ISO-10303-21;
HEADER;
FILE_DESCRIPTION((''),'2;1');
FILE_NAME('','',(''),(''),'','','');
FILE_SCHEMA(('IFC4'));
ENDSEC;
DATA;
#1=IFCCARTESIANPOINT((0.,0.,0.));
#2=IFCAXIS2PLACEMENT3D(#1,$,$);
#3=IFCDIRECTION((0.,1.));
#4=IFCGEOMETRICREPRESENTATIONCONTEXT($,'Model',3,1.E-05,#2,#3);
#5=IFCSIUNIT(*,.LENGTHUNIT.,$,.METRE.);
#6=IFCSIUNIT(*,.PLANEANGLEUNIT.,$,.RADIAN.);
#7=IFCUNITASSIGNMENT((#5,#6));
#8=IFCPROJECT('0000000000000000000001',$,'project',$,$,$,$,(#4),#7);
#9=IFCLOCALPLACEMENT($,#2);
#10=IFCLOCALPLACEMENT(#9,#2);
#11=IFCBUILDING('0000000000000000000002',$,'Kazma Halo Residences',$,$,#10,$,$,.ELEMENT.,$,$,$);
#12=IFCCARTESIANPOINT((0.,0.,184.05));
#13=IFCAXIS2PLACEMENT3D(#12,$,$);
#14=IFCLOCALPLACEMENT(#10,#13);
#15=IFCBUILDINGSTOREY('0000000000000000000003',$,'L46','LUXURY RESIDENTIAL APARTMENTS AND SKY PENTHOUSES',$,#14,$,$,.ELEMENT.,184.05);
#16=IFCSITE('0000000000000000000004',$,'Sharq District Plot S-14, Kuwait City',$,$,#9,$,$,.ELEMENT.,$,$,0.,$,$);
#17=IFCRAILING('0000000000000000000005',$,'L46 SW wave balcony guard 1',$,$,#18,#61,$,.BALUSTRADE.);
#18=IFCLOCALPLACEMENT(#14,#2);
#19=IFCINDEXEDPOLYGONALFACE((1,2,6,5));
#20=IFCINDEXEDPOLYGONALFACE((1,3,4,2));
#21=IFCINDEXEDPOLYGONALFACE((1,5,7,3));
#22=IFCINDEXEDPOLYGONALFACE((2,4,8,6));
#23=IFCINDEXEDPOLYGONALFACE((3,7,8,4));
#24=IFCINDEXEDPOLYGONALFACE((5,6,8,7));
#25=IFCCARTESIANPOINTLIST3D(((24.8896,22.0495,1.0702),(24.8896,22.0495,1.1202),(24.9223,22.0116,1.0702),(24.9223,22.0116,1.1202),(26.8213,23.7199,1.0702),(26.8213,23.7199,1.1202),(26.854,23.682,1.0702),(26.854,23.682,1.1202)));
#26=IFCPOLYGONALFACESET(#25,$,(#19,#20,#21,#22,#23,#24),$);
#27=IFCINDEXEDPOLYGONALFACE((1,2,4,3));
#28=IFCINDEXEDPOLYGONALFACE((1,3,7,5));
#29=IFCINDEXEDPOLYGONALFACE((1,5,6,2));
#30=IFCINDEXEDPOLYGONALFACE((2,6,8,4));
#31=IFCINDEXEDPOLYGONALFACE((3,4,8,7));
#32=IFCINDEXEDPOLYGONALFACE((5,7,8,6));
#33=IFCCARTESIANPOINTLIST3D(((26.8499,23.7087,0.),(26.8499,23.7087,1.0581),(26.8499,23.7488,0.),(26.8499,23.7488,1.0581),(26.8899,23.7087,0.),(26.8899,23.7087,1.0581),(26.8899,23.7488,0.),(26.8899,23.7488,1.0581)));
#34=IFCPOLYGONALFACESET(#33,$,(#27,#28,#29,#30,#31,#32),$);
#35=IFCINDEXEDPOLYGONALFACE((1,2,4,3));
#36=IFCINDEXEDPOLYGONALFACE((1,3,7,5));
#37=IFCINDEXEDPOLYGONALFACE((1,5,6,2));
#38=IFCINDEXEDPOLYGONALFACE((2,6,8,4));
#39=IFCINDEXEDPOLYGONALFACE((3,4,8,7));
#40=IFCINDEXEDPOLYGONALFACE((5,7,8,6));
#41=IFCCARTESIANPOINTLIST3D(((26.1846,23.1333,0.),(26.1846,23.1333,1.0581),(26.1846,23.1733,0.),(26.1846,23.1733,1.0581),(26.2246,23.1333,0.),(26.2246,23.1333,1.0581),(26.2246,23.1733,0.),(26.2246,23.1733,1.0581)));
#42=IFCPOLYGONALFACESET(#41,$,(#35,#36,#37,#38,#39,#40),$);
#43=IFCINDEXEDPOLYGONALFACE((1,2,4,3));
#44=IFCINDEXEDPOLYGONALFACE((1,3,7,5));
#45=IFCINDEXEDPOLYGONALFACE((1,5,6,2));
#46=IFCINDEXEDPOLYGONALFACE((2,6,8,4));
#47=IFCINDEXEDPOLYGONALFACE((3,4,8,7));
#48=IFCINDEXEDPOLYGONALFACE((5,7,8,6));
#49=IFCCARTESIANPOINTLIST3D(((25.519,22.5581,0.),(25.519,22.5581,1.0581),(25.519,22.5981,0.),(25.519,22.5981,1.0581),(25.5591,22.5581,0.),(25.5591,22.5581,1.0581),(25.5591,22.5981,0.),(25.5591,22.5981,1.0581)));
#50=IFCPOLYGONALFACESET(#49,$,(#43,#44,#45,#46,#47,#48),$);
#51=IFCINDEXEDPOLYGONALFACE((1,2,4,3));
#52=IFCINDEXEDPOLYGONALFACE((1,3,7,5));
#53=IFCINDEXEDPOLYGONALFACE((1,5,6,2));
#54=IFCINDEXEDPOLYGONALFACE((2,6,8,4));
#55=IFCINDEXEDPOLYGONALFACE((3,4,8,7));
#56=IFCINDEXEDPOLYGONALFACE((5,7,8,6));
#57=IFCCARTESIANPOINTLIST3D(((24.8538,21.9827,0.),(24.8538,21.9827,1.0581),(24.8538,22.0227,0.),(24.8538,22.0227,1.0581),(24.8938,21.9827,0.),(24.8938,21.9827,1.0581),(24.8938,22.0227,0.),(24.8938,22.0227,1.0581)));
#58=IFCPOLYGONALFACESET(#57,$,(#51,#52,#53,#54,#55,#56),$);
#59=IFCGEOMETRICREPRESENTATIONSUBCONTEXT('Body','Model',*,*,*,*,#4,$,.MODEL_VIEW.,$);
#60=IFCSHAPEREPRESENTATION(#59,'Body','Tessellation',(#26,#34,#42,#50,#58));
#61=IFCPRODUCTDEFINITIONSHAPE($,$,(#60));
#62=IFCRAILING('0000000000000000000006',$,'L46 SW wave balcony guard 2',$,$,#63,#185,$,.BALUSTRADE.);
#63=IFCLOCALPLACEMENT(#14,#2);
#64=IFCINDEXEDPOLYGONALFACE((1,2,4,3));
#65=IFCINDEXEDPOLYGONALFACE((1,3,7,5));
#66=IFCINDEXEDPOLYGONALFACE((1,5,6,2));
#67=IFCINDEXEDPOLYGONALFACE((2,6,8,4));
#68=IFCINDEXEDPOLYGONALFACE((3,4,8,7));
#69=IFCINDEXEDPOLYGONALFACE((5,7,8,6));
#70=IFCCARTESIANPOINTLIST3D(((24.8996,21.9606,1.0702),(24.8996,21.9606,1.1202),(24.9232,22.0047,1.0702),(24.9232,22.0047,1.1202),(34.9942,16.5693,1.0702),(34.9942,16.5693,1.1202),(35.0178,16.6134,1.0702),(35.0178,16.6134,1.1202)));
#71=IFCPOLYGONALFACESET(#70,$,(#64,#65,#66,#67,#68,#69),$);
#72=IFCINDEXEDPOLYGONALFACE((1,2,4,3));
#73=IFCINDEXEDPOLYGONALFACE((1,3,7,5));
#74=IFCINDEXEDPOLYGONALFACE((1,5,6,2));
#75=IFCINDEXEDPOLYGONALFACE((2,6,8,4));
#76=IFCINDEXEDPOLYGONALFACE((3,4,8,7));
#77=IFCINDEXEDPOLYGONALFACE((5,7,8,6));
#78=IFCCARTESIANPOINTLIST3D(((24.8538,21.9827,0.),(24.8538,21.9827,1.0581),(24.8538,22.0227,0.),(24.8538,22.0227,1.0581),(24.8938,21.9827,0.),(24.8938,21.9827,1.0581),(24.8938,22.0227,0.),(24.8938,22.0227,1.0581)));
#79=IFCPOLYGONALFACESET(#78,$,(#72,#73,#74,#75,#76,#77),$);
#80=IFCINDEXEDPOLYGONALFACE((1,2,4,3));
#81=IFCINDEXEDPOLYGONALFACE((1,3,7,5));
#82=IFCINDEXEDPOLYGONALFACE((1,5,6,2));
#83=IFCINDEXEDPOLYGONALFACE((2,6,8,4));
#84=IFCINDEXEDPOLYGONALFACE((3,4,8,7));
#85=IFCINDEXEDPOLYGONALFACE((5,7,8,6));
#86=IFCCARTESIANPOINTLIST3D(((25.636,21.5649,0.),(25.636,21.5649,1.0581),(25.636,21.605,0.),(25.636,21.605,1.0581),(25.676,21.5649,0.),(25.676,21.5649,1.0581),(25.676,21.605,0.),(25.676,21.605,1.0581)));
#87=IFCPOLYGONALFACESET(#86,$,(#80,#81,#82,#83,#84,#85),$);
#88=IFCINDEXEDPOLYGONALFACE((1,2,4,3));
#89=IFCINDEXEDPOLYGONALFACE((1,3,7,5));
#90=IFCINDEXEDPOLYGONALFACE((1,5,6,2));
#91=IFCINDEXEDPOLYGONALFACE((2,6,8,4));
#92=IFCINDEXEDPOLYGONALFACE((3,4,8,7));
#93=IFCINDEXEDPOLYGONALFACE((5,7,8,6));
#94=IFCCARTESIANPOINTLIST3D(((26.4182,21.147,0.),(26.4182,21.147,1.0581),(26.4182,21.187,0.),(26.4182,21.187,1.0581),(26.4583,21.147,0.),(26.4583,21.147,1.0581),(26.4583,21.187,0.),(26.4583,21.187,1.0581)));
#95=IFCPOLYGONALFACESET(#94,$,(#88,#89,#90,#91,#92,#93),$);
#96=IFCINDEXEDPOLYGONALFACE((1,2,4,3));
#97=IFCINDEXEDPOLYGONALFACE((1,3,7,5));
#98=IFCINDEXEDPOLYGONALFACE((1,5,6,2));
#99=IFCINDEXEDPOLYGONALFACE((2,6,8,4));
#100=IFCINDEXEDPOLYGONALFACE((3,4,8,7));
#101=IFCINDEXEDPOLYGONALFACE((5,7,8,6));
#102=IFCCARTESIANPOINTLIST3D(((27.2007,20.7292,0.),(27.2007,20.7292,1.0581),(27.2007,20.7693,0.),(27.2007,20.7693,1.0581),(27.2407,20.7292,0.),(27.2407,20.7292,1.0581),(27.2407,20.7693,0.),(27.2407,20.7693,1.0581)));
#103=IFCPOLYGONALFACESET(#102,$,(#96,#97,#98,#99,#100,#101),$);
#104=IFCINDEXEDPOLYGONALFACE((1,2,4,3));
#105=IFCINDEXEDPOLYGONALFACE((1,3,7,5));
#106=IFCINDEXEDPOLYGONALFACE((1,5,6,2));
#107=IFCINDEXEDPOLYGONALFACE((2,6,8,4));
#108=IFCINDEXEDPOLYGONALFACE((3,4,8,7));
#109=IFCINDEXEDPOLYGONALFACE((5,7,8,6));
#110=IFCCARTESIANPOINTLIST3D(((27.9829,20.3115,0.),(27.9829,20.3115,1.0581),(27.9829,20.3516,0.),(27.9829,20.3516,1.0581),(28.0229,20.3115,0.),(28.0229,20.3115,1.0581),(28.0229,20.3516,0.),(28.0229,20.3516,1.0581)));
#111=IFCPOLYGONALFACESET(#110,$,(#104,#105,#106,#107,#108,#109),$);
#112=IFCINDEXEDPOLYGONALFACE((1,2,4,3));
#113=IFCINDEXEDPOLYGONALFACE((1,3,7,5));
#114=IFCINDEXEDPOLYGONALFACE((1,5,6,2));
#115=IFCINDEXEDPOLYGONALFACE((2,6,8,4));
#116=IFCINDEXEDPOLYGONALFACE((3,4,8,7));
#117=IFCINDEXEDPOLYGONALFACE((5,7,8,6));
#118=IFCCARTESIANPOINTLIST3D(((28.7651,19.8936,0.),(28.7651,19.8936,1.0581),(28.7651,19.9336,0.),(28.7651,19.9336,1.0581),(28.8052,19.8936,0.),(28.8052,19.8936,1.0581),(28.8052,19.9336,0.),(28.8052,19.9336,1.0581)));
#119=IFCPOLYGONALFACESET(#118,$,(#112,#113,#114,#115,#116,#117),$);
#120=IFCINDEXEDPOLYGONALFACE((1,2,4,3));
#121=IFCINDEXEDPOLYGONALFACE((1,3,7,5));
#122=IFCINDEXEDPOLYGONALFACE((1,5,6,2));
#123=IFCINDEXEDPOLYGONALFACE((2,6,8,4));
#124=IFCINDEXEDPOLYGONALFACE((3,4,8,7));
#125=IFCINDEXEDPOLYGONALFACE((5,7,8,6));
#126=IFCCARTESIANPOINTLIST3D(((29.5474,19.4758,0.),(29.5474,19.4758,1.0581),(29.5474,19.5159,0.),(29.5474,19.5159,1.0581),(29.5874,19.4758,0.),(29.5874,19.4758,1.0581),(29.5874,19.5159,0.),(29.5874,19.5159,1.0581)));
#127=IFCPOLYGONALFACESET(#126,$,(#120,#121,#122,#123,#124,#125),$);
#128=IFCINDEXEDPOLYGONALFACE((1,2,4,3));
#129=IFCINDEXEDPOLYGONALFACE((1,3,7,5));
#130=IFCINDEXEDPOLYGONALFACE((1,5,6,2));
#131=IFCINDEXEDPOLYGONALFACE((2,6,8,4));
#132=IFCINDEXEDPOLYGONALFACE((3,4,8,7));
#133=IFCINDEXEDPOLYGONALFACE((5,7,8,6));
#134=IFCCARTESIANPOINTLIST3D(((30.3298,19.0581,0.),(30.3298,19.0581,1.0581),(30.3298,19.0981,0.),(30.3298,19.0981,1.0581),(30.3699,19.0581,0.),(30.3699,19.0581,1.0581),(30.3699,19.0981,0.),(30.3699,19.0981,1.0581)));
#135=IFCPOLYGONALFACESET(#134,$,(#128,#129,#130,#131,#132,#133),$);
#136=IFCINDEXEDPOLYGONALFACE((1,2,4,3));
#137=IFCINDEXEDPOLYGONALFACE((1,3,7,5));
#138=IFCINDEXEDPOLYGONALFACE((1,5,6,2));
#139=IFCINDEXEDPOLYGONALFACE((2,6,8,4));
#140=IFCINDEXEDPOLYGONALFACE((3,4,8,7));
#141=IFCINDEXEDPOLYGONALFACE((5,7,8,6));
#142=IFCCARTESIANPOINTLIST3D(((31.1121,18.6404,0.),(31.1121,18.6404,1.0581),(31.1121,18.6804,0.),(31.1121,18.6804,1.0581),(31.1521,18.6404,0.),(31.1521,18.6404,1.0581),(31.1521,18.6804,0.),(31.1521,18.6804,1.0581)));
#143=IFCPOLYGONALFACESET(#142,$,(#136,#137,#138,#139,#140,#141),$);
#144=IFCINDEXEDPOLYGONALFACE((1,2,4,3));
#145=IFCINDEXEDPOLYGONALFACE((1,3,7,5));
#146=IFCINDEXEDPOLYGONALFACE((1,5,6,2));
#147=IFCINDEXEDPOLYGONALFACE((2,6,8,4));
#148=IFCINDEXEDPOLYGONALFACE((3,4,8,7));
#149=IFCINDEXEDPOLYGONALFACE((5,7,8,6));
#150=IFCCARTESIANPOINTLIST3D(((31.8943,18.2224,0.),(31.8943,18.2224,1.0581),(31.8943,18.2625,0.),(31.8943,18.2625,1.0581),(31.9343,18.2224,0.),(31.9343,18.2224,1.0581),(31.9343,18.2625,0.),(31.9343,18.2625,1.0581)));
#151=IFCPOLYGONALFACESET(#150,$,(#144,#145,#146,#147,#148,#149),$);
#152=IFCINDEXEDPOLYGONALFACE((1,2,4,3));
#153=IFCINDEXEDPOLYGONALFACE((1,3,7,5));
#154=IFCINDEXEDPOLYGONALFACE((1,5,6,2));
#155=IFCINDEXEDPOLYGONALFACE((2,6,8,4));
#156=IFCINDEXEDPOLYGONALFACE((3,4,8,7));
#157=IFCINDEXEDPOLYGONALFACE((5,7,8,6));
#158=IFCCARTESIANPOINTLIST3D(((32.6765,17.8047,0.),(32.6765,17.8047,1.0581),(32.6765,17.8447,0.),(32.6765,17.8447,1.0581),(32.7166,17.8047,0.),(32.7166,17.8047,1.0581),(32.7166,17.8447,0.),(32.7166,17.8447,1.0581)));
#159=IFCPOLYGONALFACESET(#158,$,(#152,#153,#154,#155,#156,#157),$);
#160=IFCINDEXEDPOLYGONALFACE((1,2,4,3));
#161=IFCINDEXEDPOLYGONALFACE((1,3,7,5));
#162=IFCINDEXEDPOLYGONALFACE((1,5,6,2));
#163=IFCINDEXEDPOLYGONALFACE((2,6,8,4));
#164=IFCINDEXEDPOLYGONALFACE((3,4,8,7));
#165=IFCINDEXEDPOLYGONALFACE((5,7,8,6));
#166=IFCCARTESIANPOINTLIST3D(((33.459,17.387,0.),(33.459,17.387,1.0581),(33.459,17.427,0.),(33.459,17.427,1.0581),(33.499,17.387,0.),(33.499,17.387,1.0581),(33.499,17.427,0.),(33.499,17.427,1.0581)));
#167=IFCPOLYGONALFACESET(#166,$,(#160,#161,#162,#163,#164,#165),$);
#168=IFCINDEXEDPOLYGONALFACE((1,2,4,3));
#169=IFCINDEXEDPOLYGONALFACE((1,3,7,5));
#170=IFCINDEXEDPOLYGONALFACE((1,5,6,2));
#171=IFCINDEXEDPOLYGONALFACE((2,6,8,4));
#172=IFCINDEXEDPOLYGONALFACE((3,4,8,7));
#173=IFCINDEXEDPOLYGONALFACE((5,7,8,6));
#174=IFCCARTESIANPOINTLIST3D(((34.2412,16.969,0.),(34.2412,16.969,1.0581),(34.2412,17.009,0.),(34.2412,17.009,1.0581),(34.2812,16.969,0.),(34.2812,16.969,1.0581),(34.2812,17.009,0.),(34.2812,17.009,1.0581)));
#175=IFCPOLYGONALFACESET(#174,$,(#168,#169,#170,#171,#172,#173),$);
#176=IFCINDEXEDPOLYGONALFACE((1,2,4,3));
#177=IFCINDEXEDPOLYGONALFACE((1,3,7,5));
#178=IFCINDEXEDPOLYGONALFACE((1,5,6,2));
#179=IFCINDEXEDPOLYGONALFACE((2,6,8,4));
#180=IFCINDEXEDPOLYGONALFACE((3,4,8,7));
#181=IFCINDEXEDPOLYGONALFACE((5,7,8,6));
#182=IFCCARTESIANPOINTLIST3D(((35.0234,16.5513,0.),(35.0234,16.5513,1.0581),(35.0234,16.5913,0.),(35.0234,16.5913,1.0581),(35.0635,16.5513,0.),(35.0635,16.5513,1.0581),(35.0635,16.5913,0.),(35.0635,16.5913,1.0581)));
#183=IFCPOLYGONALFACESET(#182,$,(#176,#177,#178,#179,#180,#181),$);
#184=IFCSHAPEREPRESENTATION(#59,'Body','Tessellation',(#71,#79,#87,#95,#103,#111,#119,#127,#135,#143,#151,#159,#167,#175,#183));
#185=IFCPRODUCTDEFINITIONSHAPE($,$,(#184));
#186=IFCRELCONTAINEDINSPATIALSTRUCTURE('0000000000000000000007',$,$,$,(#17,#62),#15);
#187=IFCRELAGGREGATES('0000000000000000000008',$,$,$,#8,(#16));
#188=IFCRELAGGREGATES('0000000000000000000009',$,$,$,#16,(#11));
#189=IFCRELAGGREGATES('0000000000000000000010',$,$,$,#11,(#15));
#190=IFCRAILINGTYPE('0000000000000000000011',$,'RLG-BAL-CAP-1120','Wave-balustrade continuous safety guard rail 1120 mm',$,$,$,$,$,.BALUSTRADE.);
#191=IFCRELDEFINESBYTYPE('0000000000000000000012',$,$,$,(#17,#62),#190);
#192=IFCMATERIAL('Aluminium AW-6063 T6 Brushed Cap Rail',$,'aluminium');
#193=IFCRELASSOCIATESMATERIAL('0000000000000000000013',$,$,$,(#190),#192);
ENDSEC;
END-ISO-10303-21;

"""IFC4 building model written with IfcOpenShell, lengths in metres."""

from ifc_helpers import new_model, si_unit, direction, frame, origin, origin_2d, place, context, subcontext, project, spatial, rectangle, extrude, material, type_object, element, save


model = new_model("IFC4")

# Units and contexts
model_context = context("Model", 3, precision=1e-05, world=origin(), true_north=direction((0.0, 1.0)))
body_context = subcontext(model_context, "Body", "Model", "MODEL_VIEW")
ifc_project = project(units=[si_unit("LENGTHUNIT", "METRE"), si_unit("PLANEANGLEUNIT", "RADIAN")], contexts=[model_context])

# Site, building, storey
site_placement = place(None, origin())
site = spatial("IfcSite", under=ifc_project, at=site_placement, Name="Sharq District Plot S-14, Kuwait City", CompositionType="ELEMENT", RefElevation=0.0)
building_placement = place(site_placement, origin())
building = spatial("IfcBuilding", under=site, at=building_placement, Name="Kazma Halo Residences", CompositionType="ELEMENT")
storey_placement = place(building_placement, frame((0.0, 0.0, 184.05)))
storey = spatial("IfcBuildingStorey", under=building, at=storey_placement, Name="L46", Description="LUXURY RESIDENTIAL APARTMENTS AND SKY PENTHOUSES", CompositionType="ELEMENT", Elevation=184.05)

# Railings
ifc_material_1 = material(Name="Aluminium AW-6063 T6 Brushed Cap Rail", Category="aluminium")
railing_type = type_object("IfcRailingType", Name="RLG-BAL-CAP-1120", Description="Wave-balustrade continuous safety guard rail 1120 mm", PredefinedType="BALUSTRADE", material=ifc_material_1)
railing_1_placement = place(storey_placement, frame((26.8699, 23.7288, 0.0)))
element("IfcRailing", 1, at=railing_1_placement, inside=storey, type_object=railing_type, Name="L46 SW wave balcony guard 1", PredefinedType="BALUSTRADE", context=body_context, shape_type="SweptSolid", body=[
    extrude(rectangle(XDim=0.05, YDim=0.05, at=origin_2d()), frame((-0.0322, -0.0278, 1.0952), z_axis=(-0.756415, -0.654092, 0.0), x_axis=(0.654092, -0.756415, 0.0)), (0.0, 0.0, 1.0), 2.5537),
    extrude(rectangle(XDim=0.04, YDim=0.04, at=origin_2d()), origin(), (0.0, 0.0, 1.0), 1.0581),
    extrude(rectangle(XDim=0.04, YDim=0.04, at=origin_2d()), frame((-0.6653, -0.5754, 0.0)), (0.0, 0.0, 1.0), 1.0581),
    extrude(rectangle(XDim=0.04, YDim=0.04, at=origin_2d()), frame((-1.3308, -1.1506, 0.0)), (0.0, 0.0, 1.0), 1.0581),
    extrude(rectangle(XDim=0.04, YDim=0.04, at=origin_2d()), frame((-1.9961, -1.7261, 0.0)), (0.0, 0.0, 1.0), 1.0581),
])
railing_2_placement = place(storey_placement, frame((24.8738, 22.0027, 0.0)))
element("IfcRailing", 2, at=railing_2_placement, inside=storey, type_object=railing_type, Name="L46 SW wave balcony guard 2", PredefinedType="BALUSTRADE", context=body_context, shape_type="SweptSolid", body=[
    extrude(rectangle(XDim=0.05, YDim=0.05, at=origin_2d()), frame((0.0376, -0.02, 1.0952), z_axis=(0.88208, -0.471099, 0.0), x_axis=(0.471099, 0.88208, 0.0)), (0.0, 0.0, 1.0), 11.4441),
    extrude(rectangle(XDim=0.04, YDim=0.04, at=origin_2d()), origin(), (0.0, 0.0, 1.0), 1.0581),
    extrude(rectangle(XDim=0.04, YDim=0.04, at=origin_2d()), frame((0.7822, -0.4177, 0.0)), (0.0, 0.0, 1.0), 1.0581),
    extrude(rectangle(XDim=0.04, YDim=0.04, at=origin_2d()), frame((1.5645, -0.8357, 0.0)), (0.0, 0.0, 1.0), 1.0581),
    extrude(rectangle(XDim=0.04, YDim=0.04, at=origin_2d()), frame((2.3469, -1.2534, 0.0)), (0.0, 0.0, 1.0), 1.0581),
    extrude(rectangle(XDim=0.04, YDim=0.04, at=origin_2d()), frame((3.1292, -1.6711, 0.0)), (0.0, 0.0, 1.0), 1.0581),
    extrude(rectangle(XDim=0.04, YDim=0.04, at=origin_2d()), frame((3.9114, -2.0891, 0.0)), (0.0, 0.0, 1.0), 1.0581),
    extrude(rectangle(XDim=0.04, YDim=0.04, at=origin_2d()), frame((4.6936, -2.5068, 0.0)), (0.0, 0.0, 1.0), 1.0581),
    extrude(rectangle(XDim=0.04, YDim=0.04, at=origin_2d()), frame((5.4761, -2.9246, 0.0)), (0.0, 0.0, 1.0), 1.0581),
    extrude(rectangle(XDim=0.04, YDim=0.04, at=origin_2d()), frame((6.2583, -3.3423, 0.0)), (0.0, 0.0, 1.0), 1.0581),
    extrude(rectangle(XDim=0.04, YDim=0.04, at=origin_2d()), frame((7.0405, -3.7603, 0.0)), (0.0, 0.0, 1.0), 1.0581),
    extrude(rectangle(XDim=0.04, YDim=0.04, at=origin_2d()), frame((7.8228, -4.178, 0.0)), (0.0, 0.0, 1.0), 1.0581),
    extrude(rectangle(XDim=0.04, YDim=0.04, at=origin_2d()), frame((8.6052, -4.5957, 0.0)), (0.0, 0.0, 1.0), 1.0581),
    extrude(rectangle(XDim=0.04, YDim=0.04, at=origin_2d()), frame((9.3875, -5.0137, 0.0)), (0.0, 0.0, 1.0), 1.0581),
    extrude(rectangle(XDim=0.04, YDim=0.04, at=origin_2d()), frame((10.1697, -5.4314, 0.0)), (0.0, 0.0, 1.0), 1.0581),
])

save(model, "model.ifc")
